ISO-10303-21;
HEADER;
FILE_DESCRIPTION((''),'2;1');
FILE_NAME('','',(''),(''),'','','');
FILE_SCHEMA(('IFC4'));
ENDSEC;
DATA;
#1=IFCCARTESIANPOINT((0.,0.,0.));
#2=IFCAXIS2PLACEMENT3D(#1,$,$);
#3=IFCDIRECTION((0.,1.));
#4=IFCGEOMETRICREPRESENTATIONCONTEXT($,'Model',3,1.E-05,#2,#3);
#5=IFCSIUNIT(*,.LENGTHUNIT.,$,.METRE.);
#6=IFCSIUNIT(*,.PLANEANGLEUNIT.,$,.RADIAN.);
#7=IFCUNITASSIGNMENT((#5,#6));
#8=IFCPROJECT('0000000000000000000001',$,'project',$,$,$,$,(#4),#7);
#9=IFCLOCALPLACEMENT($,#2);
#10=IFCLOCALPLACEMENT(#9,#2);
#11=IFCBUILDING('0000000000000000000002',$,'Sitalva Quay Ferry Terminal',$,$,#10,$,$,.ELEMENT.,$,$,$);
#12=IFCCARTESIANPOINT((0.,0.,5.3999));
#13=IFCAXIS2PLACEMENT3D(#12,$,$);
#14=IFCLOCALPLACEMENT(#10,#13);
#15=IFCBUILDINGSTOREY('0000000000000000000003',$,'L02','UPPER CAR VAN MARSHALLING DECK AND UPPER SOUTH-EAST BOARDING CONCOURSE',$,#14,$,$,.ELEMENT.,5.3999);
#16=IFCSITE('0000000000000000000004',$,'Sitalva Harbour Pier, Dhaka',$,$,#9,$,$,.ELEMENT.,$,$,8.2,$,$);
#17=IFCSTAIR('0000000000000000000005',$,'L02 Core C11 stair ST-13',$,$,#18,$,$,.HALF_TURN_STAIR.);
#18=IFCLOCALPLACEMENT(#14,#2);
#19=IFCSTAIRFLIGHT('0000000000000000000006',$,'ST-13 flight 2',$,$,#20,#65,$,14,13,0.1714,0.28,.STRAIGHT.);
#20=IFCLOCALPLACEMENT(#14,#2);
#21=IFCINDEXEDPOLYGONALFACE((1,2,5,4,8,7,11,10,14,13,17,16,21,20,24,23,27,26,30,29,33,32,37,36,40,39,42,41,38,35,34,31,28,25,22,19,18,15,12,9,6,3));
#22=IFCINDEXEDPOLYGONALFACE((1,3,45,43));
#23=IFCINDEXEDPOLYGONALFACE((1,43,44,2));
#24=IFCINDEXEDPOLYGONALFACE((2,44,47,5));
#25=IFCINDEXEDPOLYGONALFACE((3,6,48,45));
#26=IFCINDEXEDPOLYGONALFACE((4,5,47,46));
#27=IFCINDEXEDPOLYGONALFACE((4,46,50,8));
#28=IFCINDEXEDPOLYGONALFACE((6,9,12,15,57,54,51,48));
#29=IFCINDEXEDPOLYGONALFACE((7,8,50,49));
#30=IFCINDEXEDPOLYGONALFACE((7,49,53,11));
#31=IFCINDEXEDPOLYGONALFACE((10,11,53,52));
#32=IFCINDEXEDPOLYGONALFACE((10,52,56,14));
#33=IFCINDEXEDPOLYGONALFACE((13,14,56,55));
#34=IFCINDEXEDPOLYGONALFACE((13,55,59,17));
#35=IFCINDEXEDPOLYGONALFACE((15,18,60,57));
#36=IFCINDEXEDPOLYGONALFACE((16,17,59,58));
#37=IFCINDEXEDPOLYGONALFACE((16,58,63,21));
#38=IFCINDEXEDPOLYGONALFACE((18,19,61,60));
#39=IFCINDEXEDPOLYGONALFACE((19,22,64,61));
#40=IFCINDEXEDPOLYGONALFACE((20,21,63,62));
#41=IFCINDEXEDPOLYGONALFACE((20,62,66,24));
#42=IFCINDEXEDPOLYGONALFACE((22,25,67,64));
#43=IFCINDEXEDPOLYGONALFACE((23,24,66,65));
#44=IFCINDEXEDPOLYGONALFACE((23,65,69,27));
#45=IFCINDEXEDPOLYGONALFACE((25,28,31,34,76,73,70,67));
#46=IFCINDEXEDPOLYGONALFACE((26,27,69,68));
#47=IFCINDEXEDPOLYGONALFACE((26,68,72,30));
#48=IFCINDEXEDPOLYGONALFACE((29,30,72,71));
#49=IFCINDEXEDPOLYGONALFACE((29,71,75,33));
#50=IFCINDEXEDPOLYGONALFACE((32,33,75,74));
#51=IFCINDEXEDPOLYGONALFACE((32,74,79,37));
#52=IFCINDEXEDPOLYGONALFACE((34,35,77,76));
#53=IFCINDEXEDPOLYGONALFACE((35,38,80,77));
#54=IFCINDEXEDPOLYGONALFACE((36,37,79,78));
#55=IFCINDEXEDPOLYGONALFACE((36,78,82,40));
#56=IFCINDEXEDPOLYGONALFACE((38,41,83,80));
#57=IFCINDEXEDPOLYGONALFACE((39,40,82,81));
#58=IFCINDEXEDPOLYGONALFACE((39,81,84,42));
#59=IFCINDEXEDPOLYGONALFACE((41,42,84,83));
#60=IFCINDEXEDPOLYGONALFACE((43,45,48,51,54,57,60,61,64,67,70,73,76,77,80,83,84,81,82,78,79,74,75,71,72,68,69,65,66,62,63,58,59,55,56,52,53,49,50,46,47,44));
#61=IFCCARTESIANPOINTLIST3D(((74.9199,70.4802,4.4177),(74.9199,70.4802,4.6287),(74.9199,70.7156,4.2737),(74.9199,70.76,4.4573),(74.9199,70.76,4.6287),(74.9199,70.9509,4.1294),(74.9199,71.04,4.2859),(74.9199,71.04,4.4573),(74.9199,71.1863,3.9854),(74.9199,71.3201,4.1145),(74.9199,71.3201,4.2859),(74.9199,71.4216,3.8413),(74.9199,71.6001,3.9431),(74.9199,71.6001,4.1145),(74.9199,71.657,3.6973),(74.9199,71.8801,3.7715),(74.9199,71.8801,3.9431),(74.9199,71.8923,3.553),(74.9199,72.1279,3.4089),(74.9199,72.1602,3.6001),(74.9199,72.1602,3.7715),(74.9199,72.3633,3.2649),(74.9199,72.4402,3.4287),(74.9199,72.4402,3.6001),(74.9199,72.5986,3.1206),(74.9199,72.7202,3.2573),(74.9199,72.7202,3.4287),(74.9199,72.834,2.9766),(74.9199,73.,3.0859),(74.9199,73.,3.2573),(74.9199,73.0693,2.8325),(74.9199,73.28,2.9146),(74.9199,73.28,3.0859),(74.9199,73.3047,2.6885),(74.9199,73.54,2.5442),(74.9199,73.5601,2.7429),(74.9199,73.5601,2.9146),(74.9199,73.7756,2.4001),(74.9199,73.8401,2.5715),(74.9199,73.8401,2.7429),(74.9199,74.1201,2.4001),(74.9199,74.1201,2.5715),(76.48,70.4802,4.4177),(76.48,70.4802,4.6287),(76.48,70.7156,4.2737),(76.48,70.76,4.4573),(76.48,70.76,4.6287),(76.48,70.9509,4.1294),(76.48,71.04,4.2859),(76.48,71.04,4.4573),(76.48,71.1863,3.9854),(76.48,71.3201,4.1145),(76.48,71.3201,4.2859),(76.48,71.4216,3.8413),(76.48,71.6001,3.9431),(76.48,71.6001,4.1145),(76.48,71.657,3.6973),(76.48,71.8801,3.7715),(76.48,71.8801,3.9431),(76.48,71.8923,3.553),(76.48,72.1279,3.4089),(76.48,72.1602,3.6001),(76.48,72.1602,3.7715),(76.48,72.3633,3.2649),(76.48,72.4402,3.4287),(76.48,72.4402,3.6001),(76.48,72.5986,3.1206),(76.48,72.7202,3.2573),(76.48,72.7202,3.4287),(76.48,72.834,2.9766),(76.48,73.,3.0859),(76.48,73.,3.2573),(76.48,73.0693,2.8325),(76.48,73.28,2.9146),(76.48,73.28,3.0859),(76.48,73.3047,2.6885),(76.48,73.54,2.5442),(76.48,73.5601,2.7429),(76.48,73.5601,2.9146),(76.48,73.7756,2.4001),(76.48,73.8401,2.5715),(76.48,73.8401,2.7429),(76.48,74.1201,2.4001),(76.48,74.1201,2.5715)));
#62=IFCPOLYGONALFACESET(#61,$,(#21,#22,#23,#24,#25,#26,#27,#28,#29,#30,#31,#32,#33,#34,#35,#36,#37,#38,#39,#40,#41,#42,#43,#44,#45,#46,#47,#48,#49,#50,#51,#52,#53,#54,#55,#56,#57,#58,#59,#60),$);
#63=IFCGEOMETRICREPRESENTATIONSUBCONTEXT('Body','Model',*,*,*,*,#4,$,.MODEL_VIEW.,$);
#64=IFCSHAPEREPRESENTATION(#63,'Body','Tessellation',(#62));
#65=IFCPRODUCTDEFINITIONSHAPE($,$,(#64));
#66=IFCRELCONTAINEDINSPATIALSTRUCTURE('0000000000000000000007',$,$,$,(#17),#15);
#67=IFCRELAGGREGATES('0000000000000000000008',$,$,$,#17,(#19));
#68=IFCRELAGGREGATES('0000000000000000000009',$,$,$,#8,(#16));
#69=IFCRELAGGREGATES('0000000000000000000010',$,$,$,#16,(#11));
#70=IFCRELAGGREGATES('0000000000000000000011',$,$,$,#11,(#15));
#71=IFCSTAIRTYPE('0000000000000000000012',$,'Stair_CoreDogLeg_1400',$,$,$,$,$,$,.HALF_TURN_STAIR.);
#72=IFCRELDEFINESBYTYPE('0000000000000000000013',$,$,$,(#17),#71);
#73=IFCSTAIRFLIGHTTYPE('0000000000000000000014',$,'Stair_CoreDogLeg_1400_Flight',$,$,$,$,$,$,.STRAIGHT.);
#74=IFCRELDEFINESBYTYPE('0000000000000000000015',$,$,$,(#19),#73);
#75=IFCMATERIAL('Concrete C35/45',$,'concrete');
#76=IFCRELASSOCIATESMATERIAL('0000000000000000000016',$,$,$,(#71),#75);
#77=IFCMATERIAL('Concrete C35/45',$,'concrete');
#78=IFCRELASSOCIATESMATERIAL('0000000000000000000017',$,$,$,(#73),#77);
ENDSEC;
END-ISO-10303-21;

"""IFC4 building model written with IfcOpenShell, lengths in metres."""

from ifc_helpers import new_model, si_unit, direction, frame, origin, place, context, subcontext, project, spatial, polyline, outline, extrude, material, type_object, element, aggregate, save


model = new_model("IFC4")

# Units and contexts
model_context = context("Model", 3, precision=1e-05, world=origin(), true_north=direction((0.0, 1.0)))
body_context = subcontext(model_context, "Body", "Model", "MODEL_VIEW")
ifc_project = project(units=[si_unit("LENGTHUNIT", "METRE"), si_unit("PLANEANGLEUNIT", "RADIAN")], contexts=[model_context])

# Site, building, storey
site_placement = place(None, origin())
site = spatial("IfcSite", under=ifc_project, at=site_placement, Name="Sitalva Harbour Pier, Dhaka", CompositionType="ELEMENT", RefElevation=8.2)
building_placement = place(site_placement, origin())
building = spatial("IfcBuilding", under=site, at=building_placement, Name="Sitalva Quay Ferry Terminal", CompositionType="ELEMENT")
storey_placement = place(building_placement, frame((0.0, 0.0, 5.3999)))
storey = spatial("IfcBuildingStorey", under=building, at=storey_placement, Name="L02", Description="UPPER CAR VAN MARSHALLING DECK AND UPPER SOUTH-EAST BOARDING CONCOURSE", CompositionType="ELEMENT", Elevation=5.3999)

# Stair, stair flight
ifc_material_1 = material(Name="Concrete C35/45", Category="concrete")
stair_type = type_object("IfcStairType", Name="Stair_CoreDogLeg_1400", PredefinedType="HALF_TURN_STAIR", material=ifc_material_1)
stair_placement = place(storey_placement, origin())
stair = element("IfcStair", 1, at=stair_placement, inside=storey, type_object=stair_type, Name="L02 Core C11 stair ST-13", PredefinedType="HALF_TURN_STAIR")
ifc_material_2 = material(Name="Concrete C35/45", Category="concrete")
stair_flight_type = type_object("IfcStairFlightType", Name="Stair_CoreDogLeg_1400_Flight", PredefinedType="STRAIGHT", material=ifc_material_2)
stair_flight_1_placement = place(storey_placement, frame((75.7, 74.1201, 2.4001), z_axis=(0.0, 0.0, 1.0), x_axis=(0.0, -1.0, 0.0)))
stair_flight_1 = element("IfcStairFlight", 2, at=stair_flight_1_placement, type_object=stair_flight_type, Name="ST-13 flight 2", NumberOfRisers=14, NumberOfTreads=13, PredefinedType="STRAIGHT", RiserHeight=0.1714, TreadLength=0.28, context=body_context, shape_type="SweptSolid", body=[
    extrude(outline(polyline([(0.0, 0.0), (0.0, 0.1714), (0.28, 0.1714), (0.28, 0.3428), (0.5601, 0.3428), (0.5601, 0.5144), (0.8401, 0.5144), (0.8401, 0.6858), (1.1201, 0.6858), (1.1201, 0.8572), (1.3999, 0.8572), (1.3999, 1.0286), (1.6799, 1.0286), (1.6799, 1.2), (1.96, 1.2), (1.96, 1.3713), (2.24, 1.3713), (2.24, 1.543), (2.52, 1.543), (2.52, 1.7144), (2.8, 1.7144), (2.8, 1.8857), (3.0801, 1.8857), (3.0801, 2.0571), (3.3601, 2.0571), (3.3601, 2.2285), (3.6399, 2.2285), (3.6399, 2.3999), (3.6399, 2.0176), (3.4045, 1.8735), (3.1692, 1.7292), (2.9338, 1.5852), (2.6985, 1.4412), (2.4631, 1.2971), (2.2278, 1.1528), (1.9922, 1.0088), (1.7568, 0.8647), (1.5215, 0.7205), (1.2861, 0.5764), (1.0508, 0.4324), (0.8154, 0.2883), (0.5801, 0.144), (0.3445, 0.0), (0.0, 0.0)])), frame((0.0, 0.78, 0.0), z_axis=(0.0, -1.0, 0.0), x_axis=(1.0, 0.0, 0.0)), (0.0, 0.0, 1.0), 1.5601),
])
aggregate(stair, [stair_flight_1])

save(model, "model.ifc")
